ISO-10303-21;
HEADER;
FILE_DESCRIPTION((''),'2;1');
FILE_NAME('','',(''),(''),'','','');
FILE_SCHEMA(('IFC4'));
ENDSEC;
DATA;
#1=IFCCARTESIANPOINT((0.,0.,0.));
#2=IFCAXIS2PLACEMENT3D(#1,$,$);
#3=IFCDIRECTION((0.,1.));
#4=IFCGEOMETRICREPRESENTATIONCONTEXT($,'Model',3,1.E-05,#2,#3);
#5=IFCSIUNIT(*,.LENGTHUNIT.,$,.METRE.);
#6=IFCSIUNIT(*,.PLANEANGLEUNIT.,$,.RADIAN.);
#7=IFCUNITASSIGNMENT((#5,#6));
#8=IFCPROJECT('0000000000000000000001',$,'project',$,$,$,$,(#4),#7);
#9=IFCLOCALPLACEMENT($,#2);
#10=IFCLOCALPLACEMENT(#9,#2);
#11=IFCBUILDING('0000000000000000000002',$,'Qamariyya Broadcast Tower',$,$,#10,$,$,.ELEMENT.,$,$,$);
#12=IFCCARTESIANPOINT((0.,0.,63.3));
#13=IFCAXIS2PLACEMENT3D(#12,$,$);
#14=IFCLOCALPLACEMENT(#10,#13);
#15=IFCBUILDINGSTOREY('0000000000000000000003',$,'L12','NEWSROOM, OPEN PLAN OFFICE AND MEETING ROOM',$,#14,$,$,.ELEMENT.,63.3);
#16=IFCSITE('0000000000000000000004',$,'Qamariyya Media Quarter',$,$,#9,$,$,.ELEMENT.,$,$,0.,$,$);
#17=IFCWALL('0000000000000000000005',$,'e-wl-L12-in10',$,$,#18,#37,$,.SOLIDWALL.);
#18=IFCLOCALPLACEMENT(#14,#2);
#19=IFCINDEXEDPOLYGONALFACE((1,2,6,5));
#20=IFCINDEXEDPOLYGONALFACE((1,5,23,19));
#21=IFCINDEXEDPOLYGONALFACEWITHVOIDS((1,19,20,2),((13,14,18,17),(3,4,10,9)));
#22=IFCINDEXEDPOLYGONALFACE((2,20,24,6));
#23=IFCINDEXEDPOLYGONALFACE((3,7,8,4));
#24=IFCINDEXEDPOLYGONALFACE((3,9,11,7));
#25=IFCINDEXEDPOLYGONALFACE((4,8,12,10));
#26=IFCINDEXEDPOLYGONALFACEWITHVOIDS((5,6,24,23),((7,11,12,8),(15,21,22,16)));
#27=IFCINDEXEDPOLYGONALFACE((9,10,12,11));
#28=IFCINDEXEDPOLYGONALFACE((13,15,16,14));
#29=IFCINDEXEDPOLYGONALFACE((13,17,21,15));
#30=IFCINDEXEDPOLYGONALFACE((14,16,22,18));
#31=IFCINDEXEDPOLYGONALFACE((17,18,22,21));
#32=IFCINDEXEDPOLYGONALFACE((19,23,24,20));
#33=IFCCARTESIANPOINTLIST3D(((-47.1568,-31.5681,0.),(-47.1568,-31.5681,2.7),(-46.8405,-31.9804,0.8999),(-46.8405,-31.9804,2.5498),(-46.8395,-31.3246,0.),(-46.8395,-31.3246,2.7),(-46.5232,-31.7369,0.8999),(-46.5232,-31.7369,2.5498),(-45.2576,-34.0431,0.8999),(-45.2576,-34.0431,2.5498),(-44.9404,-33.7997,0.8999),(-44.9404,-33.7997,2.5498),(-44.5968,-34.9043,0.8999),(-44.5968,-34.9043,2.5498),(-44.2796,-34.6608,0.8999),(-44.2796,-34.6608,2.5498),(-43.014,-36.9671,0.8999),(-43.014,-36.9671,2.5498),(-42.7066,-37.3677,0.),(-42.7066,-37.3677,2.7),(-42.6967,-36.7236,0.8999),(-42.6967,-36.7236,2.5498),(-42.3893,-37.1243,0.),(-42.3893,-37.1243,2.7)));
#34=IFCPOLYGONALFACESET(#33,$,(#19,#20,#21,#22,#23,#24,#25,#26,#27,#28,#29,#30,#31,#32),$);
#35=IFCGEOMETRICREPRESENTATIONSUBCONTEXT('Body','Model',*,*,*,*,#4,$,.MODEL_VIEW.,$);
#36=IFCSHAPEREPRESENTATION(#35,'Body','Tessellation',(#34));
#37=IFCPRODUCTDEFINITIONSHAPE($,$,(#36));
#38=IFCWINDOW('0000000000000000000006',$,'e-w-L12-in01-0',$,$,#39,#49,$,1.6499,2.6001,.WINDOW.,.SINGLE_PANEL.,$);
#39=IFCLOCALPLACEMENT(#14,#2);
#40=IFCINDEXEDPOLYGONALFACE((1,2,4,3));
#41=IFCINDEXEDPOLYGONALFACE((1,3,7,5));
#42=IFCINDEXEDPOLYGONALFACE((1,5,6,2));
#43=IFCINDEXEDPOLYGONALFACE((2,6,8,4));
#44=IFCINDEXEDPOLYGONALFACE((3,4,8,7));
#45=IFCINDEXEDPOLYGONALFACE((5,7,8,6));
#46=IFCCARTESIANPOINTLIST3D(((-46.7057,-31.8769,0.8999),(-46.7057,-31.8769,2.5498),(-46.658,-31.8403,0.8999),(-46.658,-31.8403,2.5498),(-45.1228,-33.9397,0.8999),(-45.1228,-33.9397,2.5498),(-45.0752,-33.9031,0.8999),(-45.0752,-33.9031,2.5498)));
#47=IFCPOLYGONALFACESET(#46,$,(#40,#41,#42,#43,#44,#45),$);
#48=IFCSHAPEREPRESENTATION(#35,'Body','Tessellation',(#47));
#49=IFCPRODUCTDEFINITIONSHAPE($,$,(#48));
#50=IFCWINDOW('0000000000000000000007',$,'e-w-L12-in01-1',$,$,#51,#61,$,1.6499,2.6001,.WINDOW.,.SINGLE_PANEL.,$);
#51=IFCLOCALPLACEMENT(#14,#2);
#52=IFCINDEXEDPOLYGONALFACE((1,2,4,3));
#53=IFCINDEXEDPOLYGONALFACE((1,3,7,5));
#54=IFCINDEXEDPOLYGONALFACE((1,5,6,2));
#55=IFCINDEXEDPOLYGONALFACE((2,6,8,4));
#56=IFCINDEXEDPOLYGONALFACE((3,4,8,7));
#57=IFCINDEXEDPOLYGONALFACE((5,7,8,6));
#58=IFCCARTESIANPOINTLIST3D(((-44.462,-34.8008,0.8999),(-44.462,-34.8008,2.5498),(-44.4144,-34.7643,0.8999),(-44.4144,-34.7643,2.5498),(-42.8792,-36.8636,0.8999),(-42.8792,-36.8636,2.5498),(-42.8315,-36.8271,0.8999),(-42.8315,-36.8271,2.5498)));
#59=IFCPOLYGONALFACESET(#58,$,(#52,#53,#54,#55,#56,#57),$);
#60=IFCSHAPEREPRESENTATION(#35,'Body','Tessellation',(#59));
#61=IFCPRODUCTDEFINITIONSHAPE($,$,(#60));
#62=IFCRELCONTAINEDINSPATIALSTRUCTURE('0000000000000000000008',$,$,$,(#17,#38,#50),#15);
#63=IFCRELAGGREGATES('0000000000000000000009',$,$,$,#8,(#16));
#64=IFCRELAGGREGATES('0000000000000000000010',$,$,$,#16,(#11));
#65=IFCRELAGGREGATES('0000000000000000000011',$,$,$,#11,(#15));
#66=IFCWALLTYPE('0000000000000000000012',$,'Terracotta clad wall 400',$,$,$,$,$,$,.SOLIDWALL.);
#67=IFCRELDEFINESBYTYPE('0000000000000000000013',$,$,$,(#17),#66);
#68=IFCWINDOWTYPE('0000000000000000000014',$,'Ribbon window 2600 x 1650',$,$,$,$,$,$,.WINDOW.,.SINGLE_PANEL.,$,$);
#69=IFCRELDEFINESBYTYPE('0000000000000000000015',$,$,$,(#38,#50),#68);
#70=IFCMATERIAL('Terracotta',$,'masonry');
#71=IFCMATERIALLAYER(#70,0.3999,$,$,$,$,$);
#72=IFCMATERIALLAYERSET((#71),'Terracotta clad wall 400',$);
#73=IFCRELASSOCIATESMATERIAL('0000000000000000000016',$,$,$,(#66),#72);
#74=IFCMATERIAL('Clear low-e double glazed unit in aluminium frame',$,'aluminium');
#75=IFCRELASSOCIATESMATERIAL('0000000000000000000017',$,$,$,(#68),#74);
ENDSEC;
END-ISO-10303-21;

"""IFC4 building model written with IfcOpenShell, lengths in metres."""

from ifc_helpers import new_model, si_unit, direction, frame, frame_2d, origin, place, context, subcontext, project, spatial, rectangle, extrude, material, layer, layer_set, type_object, element, fill, save


model = new_model("IFC4")

# Units and contexts
model_context = context("Model", 3, precision=1e-05, world=origin(), true_north=direction((0.0, 1.0)))
body_context = subcontext(model_context, "Body", "Model", "MODEL_VIEW")
ifc_project = project(units=[si_unit("LENGTHUNIT", "METRE"), si_unit("PLANEANGLEUNIT", "RADIAN")], contexts=[model_context])

# Site, building, storey
site_placement = place(None, origin())
site = spatial("IfcSite", under=ifc_project, at=site_placement, Name="Qamariyya Media Quarter", CompositionType="ELEMENT", RefElevation=0.0)
building_placement = place(site_placement, origin())
building = spatial("IfcBuilding", under=site, at=building_placement, Name="Qamariyya Broadcast Tower", CompositionType="ELEMENT")
storey_placement = place(building_placement, frame((0.0, 0.0, 63.3)))
storey = spatial("IfcBuildingStorey", under=building, at=storey_placement, Name="L12", Description="NEWSROOM, OPEN PLAN OFFICE AND MEETING ROOM", CompositionType="ELEMENT", Elevation=63.3)

# Shared definitions
ifc_material_1 = material(Name="Terracotta", Category="masonry")
ifc_layer = layer(ifc_material_1, 0.3999)
ifc_layer_set = layer_set([ifc_layer], Name="Terracotta clad wall 400")
wall_type = type_object("IfcWallType", Name="Terracotta clad wall 400", PredefinedType="SOLIDWALL", material=ifc_layer_set)
ifc_material_2 = material(Name="Clear low-e double glazed unit in aluminium frame", Category="aluminium")

# Wall, openings, windows
wall_1_placement = place(storey_placement, frame((-42.5479, -37.2461, 0.0), z_axis=(0.0, 0.0, 1.0), x_axis=(-0.608765, 0.793351, 0.0)))
wall_1 = element("IfcWall", 1, at=wall_1_placement, inside=storey, type_object=wall_type, Name="e-wl-L12-in10", PredefinedType="SOLIDWALL", context=body_context, shape_type="SweptSolid", body=[
    extrude(rectangle(XDim=7.3103, YDim=0.3999, at=frame_2d((3.6553, 0.0))), origin(), (0.0, 0.0, 1.0), 2.7),
])
opening_1_placement = place(wall_1_placement, frame((4.1907, 0.0, 0.8999)))
opening_1 = element("IfcOpeningElement", 2, at=opening_1_placement, cuts=wall_1, PredefinedType="OPENING", context=body_context, shape_type="SweptSolid", body=[
    extrude(rectangle(XDim=2.6001, YDim=1.6499, at=frame_2d((1.3, 0.825))), frame((0.0, 0.21, 0.0), z_axis=(0.0, -1.0, 0.0), x_axis=(1.0, 0.0, 0.0)), (0.0, 0.0, 1.0), 0.4199),
])
opening_2_placement = place(wall_1_placement, frame((0.5051, 0.0, 0.8999)))
opening_2 = element("IfcOpeningElement", 3, at=opening_2_placement, cuts=wall_1, PredefinedType="OPENING", context=body_context, shape_type="SweptSolid", body=[
    extrude(rectangle(XDim=2.6001, YDim=1.6499, at=frame_2d((1.3, 0.825))), frame((0.0, 0.21, 0.0), z_axis=(0.0, -1.0, 0.0), x_axis=(1.0, 0.0, 0.0)), (0.0, 0.0, 1.0), 0.4199),
])
window_type_1 = type_object("IfcWindowType", Name="Ribbon window 2600 x 1650", PartitioningType="SINGLE_PANEL", PredefinedType="WINDOW", material=ifc_material_2)
window_1_placement = place(opening_1_placement, origin())
window_1 = element("IfcWindow", 4, at=window_1_placement, inside=storey, type_object=window_type_1, Name="e-w-L12-in01-0", OverallHeight=1.6499, OverallWidth=2.6001, PartitioningType="SINGLE_PANEL", PredefinedType="WINDOW", context=body_context, shape_type="SweptSolid", body=[
    extrude(rectangle(XDim=2.6001, YDim=1.6499, at=frame_2d((1.3, 0.825))), frame((0.0, 0.03, 0.0), z_axis=(0.0, -1.0, 0.0), x_axis=(1.0, 0.0, 0.0)), (0.0, 0.0, 1.0), 0.0601),
])
fill(opening_1, window_1)
window_2_placement = place(opening_2_placement, origin())
window_2 = element("IfcWindow", 5, at=window_2_placement, inside=storey, type_object=window_type_1, Name="e-w-L12-in01-1", OverallHeight=1.6499, OverallWidth=2.6001, PartitioningType="SINGLE_PANEL", PredefinedType="WINDOW", context=body_context, shape_type="SweptSolid", body=[
    extrude(rectangle(XDim=2.6001, YDim=1.6499, at=frame_2d((1.3, 0.825))), frame((0.0, 0.03, 0.0), z_axis=(0.0, -1.0, 0.0), x_axis=(1.0, 0.0, 0.0)), (0.0, 0.0, 1.0), 0.0601),
])
fill(opening_2, window_2)

save(model, "model.ifc")
